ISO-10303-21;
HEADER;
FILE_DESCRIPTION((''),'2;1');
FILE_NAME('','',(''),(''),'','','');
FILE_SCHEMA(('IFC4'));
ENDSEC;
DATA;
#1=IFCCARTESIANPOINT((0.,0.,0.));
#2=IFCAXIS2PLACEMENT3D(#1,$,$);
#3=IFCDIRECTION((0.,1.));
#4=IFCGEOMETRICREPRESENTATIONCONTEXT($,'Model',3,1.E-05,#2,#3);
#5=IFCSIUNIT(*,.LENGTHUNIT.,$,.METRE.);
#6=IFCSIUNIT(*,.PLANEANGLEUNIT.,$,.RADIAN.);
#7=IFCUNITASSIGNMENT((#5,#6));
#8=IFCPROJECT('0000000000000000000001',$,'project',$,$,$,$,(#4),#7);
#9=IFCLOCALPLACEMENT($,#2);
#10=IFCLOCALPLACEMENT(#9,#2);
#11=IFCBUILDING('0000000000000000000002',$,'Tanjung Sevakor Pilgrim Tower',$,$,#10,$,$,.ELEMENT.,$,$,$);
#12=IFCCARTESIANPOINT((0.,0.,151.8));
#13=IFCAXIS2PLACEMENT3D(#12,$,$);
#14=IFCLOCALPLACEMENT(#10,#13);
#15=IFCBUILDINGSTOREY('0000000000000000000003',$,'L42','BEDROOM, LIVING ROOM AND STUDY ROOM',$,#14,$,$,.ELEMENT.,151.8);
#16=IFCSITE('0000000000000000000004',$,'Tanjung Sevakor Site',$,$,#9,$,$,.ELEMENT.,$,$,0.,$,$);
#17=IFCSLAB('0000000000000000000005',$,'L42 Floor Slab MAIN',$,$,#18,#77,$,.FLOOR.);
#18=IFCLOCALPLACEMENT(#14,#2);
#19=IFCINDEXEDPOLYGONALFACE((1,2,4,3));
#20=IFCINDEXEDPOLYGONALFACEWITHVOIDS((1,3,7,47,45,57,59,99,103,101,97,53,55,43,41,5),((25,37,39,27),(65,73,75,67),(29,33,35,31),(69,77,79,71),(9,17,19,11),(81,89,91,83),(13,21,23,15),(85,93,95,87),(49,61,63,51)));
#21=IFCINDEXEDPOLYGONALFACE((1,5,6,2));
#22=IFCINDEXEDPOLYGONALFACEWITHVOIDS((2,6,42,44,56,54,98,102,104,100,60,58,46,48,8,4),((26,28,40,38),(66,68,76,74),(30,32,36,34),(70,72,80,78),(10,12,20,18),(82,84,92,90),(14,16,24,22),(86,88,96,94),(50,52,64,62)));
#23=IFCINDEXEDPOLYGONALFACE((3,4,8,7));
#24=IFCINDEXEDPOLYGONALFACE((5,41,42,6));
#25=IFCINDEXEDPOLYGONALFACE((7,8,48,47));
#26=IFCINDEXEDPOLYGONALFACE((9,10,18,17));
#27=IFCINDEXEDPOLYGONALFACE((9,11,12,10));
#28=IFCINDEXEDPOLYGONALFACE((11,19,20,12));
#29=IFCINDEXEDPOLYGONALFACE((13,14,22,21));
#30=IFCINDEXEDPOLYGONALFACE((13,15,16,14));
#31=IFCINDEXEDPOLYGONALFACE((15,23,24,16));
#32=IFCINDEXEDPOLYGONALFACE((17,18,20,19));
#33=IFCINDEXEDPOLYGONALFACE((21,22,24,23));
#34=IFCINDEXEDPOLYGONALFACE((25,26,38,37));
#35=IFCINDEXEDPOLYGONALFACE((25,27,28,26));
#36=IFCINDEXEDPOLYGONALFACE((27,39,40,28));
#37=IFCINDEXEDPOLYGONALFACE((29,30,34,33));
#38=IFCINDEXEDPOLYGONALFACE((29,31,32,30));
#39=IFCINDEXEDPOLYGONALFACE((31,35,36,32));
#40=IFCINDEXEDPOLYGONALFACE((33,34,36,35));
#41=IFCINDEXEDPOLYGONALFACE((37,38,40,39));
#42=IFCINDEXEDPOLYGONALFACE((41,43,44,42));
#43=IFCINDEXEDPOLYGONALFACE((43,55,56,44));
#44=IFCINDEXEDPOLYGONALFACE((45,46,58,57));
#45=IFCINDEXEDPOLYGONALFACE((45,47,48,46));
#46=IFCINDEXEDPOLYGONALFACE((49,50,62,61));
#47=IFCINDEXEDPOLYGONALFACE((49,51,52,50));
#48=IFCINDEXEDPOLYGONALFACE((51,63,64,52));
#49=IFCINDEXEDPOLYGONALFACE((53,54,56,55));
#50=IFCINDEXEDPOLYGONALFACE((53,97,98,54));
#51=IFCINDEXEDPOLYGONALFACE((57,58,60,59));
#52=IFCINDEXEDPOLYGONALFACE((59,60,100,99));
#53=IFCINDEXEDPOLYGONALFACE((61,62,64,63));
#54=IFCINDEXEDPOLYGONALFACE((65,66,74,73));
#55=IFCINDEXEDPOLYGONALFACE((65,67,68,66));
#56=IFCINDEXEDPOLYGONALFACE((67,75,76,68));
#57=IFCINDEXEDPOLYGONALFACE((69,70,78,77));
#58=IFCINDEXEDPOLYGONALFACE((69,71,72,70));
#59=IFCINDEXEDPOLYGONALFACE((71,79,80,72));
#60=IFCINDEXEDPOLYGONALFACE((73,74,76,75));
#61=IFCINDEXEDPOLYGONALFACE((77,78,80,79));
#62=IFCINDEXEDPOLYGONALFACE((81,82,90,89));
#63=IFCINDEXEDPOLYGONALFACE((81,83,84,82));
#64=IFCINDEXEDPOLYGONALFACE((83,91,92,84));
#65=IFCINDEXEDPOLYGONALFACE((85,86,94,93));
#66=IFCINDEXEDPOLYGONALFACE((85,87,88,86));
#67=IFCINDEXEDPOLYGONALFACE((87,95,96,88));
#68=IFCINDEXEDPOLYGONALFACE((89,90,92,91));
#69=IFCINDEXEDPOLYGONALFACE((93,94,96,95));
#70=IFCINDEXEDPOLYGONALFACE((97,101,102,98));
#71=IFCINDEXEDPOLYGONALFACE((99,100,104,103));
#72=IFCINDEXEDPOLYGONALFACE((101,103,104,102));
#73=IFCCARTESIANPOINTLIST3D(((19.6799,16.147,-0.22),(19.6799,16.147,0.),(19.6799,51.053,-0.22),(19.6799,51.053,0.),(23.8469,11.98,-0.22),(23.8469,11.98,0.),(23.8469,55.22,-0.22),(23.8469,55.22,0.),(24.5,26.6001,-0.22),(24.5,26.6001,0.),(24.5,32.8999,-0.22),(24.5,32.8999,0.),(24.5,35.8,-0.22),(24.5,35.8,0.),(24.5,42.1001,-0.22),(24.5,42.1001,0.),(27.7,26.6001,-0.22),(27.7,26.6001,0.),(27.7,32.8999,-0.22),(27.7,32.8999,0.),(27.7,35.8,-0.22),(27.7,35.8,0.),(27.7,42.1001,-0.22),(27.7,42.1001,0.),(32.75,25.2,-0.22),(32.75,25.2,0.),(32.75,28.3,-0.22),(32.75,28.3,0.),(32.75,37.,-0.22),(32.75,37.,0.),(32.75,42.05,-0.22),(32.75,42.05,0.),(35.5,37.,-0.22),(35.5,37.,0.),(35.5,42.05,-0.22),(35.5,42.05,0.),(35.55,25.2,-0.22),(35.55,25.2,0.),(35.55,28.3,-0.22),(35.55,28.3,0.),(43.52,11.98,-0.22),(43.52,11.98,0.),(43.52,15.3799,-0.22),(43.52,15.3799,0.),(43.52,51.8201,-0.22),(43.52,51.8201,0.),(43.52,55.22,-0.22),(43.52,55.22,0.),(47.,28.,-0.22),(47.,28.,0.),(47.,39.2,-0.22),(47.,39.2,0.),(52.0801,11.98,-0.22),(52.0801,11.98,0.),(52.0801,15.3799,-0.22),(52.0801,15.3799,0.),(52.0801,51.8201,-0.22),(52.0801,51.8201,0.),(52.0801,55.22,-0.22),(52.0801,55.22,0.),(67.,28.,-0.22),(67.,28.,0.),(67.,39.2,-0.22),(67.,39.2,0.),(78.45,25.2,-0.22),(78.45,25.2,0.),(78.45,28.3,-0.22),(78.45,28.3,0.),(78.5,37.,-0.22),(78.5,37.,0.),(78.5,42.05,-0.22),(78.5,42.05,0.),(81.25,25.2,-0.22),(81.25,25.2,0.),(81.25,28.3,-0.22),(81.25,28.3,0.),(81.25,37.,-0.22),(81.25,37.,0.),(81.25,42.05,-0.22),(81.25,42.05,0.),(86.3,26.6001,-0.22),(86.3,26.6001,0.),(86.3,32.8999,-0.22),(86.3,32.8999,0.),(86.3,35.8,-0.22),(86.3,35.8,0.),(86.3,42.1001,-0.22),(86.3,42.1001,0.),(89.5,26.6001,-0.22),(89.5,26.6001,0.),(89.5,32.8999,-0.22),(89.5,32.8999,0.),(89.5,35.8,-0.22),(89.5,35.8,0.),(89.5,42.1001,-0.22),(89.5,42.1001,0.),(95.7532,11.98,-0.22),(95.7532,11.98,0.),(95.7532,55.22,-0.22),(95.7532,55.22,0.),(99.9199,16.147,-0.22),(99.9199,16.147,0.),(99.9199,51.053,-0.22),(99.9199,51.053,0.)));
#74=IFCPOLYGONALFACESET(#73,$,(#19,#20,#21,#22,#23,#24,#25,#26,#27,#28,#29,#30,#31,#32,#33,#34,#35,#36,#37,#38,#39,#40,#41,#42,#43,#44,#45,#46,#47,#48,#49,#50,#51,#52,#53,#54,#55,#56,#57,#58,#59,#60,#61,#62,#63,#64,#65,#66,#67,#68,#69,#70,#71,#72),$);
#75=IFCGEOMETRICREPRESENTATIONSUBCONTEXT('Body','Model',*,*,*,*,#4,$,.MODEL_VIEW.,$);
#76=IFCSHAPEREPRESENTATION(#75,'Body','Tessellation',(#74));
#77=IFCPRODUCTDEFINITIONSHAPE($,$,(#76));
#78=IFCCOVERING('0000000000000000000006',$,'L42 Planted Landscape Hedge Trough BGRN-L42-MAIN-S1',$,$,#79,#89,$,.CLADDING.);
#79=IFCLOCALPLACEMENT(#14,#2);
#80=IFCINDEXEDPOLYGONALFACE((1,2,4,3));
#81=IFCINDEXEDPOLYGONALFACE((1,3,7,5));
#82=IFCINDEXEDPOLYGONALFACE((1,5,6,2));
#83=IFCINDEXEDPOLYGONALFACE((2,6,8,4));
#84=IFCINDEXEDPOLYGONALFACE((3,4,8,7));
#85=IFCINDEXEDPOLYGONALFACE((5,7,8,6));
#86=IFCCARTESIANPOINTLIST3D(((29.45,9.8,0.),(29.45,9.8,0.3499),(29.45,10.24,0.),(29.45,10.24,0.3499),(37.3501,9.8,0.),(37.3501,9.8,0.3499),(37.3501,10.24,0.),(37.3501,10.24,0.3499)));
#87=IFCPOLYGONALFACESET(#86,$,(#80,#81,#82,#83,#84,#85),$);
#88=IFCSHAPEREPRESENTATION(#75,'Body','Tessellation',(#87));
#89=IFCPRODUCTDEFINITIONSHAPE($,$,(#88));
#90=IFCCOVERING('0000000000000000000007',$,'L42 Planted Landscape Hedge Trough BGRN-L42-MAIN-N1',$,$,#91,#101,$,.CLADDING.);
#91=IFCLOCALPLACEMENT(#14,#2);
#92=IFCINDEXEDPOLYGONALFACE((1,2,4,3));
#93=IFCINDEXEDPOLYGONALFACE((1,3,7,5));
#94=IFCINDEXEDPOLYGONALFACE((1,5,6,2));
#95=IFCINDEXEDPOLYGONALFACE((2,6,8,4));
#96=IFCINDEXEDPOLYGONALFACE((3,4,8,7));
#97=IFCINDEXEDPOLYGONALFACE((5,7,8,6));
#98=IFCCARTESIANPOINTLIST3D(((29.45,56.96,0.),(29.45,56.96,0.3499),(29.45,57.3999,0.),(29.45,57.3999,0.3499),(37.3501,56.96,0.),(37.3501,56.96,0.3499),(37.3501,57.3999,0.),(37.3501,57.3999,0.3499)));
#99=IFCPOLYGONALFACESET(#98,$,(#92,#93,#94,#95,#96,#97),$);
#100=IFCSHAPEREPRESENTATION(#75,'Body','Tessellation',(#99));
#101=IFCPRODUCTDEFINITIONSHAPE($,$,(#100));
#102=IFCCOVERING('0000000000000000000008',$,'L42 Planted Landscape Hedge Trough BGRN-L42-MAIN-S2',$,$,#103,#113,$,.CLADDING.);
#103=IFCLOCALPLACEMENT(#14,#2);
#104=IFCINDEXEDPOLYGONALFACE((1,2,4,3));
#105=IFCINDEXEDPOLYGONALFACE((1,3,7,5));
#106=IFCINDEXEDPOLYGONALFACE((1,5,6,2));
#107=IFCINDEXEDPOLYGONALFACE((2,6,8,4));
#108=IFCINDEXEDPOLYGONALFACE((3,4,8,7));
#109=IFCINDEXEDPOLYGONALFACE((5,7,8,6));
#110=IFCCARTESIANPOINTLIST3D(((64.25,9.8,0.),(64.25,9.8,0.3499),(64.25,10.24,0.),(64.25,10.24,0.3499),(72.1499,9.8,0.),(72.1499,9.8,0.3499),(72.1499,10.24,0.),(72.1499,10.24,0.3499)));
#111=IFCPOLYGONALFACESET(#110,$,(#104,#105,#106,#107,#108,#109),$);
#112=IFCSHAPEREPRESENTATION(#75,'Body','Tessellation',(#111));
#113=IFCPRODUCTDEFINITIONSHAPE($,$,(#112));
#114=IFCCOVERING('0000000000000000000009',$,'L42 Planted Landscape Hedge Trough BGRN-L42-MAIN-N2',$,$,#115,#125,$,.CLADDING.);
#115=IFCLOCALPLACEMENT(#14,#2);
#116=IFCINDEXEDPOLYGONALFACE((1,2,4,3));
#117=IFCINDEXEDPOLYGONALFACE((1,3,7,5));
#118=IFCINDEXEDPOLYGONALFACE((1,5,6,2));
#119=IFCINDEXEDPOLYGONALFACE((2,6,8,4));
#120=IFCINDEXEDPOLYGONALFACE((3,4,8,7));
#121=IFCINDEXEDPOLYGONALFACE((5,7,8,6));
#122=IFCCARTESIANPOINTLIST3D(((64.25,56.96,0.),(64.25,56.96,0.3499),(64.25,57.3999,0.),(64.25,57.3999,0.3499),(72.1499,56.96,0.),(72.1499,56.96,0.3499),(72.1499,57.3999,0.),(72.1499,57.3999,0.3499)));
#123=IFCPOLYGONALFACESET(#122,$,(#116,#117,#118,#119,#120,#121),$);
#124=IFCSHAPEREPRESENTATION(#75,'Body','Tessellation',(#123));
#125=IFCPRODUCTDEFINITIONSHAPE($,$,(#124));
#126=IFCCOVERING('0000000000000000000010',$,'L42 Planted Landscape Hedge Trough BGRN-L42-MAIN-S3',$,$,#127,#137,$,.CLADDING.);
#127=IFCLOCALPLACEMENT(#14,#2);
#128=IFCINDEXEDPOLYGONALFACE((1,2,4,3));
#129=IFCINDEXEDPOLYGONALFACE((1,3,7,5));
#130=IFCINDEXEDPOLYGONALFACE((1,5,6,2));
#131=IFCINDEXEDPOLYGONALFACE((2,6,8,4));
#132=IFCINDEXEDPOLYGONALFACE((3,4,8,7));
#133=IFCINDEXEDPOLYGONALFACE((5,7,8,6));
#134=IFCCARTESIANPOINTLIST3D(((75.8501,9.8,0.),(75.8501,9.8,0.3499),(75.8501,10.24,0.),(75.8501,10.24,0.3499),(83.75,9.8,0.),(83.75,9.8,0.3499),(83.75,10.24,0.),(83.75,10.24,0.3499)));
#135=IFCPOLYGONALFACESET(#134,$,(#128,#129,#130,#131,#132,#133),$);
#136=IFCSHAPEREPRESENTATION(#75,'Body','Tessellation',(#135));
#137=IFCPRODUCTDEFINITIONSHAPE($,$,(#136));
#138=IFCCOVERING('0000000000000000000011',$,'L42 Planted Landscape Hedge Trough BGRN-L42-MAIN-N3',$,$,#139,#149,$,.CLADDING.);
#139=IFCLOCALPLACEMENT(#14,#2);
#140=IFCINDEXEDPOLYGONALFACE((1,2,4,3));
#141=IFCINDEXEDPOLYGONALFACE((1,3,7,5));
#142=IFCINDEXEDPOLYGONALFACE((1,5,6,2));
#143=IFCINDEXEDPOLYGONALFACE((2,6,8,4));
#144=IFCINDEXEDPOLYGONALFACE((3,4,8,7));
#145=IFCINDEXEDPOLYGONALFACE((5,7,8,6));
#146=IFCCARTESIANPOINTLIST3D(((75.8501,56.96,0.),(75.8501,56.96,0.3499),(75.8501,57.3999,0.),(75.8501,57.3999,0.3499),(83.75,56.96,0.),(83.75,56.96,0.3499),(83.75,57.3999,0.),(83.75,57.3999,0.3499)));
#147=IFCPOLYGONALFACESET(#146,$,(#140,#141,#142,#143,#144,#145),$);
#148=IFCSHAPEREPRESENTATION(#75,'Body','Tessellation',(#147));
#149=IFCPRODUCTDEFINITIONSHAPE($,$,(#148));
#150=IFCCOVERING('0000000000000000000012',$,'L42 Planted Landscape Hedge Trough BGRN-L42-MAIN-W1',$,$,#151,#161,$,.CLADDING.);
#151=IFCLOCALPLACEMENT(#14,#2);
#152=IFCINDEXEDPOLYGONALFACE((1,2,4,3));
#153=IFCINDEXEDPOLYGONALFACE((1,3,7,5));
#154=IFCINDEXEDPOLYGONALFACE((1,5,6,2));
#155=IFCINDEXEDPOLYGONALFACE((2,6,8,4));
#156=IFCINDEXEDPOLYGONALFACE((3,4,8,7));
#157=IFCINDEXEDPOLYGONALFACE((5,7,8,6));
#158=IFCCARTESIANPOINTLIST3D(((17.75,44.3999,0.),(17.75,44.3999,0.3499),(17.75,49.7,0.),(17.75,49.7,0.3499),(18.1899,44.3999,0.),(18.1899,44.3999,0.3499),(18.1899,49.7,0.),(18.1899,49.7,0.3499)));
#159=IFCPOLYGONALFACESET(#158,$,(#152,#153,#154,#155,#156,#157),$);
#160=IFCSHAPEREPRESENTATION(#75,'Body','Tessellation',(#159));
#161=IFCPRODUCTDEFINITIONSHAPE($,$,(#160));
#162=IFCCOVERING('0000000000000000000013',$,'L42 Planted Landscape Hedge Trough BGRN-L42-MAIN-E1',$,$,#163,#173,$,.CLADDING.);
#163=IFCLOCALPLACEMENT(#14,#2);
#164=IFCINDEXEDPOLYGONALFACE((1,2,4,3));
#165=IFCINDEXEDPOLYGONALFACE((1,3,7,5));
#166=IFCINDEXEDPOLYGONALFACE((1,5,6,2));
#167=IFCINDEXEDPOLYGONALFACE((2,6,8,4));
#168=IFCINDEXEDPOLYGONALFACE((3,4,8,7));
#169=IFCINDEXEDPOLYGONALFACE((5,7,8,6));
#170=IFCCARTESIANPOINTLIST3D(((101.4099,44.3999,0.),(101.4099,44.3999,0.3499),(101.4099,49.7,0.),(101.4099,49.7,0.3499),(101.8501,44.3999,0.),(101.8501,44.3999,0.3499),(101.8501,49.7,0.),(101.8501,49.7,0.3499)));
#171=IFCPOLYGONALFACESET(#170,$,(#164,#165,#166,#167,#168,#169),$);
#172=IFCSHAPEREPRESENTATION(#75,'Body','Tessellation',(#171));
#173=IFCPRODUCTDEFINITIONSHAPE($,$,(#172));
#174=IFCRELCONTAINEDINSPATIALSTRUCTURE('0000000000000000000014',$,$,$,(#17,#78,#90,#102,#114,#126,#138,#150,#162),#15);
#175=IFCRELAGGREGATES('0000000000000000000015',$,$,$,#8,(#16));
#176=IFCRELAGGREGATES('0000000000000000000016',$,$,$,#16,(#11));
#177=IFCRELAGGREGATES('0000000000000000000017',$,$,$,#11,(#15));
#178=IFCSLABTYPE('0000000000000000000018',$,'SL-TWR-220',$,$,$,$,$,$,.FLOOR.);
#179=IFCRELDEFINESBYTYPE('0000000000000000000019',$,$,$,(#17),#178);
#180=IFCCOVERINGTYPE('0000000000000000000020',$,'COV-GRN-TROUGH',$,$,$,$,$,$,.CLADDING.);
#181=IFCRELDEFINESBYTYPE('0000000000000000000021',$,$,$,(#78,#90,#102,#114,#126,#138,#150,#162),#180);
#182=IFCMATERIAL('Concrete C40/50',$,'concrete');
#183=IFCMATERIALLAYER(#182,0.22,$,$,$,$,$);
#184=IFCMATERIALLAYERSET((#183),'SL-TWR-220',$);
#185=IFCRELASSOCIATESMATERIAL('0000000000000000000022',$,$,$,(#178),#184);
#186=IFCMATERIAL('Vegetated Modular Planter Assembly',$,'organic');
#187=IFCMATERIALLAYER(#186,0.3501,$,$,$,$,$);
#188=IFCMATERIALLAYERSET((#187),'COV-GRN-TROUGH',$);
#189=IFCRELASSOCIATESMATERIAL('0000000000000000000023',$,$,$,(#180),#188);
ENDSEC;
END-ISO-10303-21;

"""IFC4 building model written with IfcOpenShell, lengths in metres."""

from ifc_helpers import new_model, si_unit, direction, frame, origin, place, context, subcontext, project, spatial, polyline, outline, extrude, material, layer, layer_set, type_object, element, save


model = new_model("IFC4")

# Units and contexts
model_context = context("Model", 3, precision=1e-05, world=origin(), true_north=direction((0.0, 1.0)))
body_context = subcontext(model_context, "Body", "Model", "MODEL_VIEW")
ifc_project = project(units=[si_unit("LENGTHUNIT", "METRE"), si_unit("PLANEANGLEUNIT", "RADIAN")], contexts=[model_context])

# Site, building, storey
site_placement = place(None, origin())
site = spatial("IfcSite", under=ifc_project, at=site_placement, Name="Tanjung Sevakor Site", CompositionType="ELEMENT", RefElevation=0.0)
building_placement = place(site_placement, origin())
building = spatial("IfcBuilding", under=site, at=building_placement, Name="Tanjung Sevakor Pilgrim Tower", CompositionType="ELEMENT")
storey_placement = place(building_placement, frame((0.0, 0.0, 151.8)))
storey = spatial("IfcBuildingStorey", under=building, at=storey_placement, Name="L42", Description="BEDROOM, LIVING ROOM AND STUDY ROOM", CompositionType="ELEMENT", Elevation=151.8)

# Slab
ifc_material_1 = material(Name="Concrete C40/50", Category="concrete")
ifc_layer_1 = layer(ifc_material_1, 0.22)
ifc_layer_set_1 = layer_set([ifc_layer_1], Name="SL-TWR-220")
slab_type_1 = type_object("IfcSlabType", Name="SL-TWR-220", PredefinedType="FLOOR", material=ifc_layer_set_1)
slab_1_placement = place(storey_placement, frame((0.0, 0.0, -0.22)))
element("IfcSlab", 1, at=slab_1_placement, inside=storey, type_object=slab_type_1, Name="L42 Floor Slab MAIN", PredefinedType="FLOOR", context=body_context, shape_type="SweptSolid", body=[
    extrude(outline(polyline([(23.8469, 11.98), (43.52, 11.98), (43.52, 15.3799), (52.0801, 15.3799), (52.0801, 11.98), (95.7532, 11.98), (99.9199, 16.147), (99.9199, 51.053), (95.7532, 55.22), (52.0801, 55.22), (52.0801, 51.8201), (43.52, 51.8201), (43.52, 55.22), (23.8469, 55.22), (19.6799, 51.053), (19.6799, 16.147), (23.8469, 11.98)]), holes=[polyline([(27.7, 26.6001), (27.7, 32.8999), (24.5, 32.8999), (24.5, 26.6001), (27.7, 26.6001)]), polyline([(27.7, 35.8), (27.7, 42.1001), (24.5, 42.1001), (24.5, 35.8), (27.7, 35.8)]), polyline([(89.5, 26.6001), (89.5, 32.8999), (86.3, 32.8999), (86.3, 26.6001), (89.5, 26.6001)]), polyline([(89.5, 35.8), (89.5, 42.1001), (86.3, 42.1001), (86.3, 35.8), (89.5, 35.8)]), polyline([(32.75, 25.2), (35.55, 25.2), (35.55, 28.3), (32.75, 28.3), (32.75, 25.2)]), polyline([(32.75, 37.0), (35.5, 37.0), (35.5, 42.05), (32.75, 42.05), (32.75, 37.0)]), polyline([(78.45, 25.2), (81.25, 25.2), (81.25, 28.3), (78.45, 28.3), (78.45, 25.2)]), polyline([(78.5, 37.0), (81.25, 37.0), (81.25, 42.05), (78.5, 42.05), (78.5, 37.0)]), polyline([(47.0, 28.0), (67.0, 28.0), (67.0, 39.2), (47.0, 39.2), (47.0, 28.0)])]), origin(), (0.0, 0.0, 1.0), 0.22),
])

# Coverings
ifc_material_2 = material(Name="Vegetated Modular Planter Assembly", Category="organic")
ifc_layer_2 = layer(ifc_material_2, 0.3501)
ifc_layer_set_2 = layer_set([ifc_layer_2], Name="COV-GRN-TROUGH")
covering_type = type_object("IfcCoveringType", Name="COV-GRN-TROUGH", PredefinedType="CLADDING", material=ifc_layer_set_2)
covering_1_placement = place(storey_placement, origin())
element("IfcCovering", 2, at=covering_1_placement, inside=storey, type_object=covering_type, Name="L42 Planted Landscape Hedge Trough BGRN-L42-MAIN-S1", PredefinedType="CLADDING", context=body_context, shape_type="SweptSolid", body=[
    extrude(outline(polyline([(29.45, 9.8), (37.3501, 9.8), (37.3501, 10.24), (29.45, 10.24), (29.45, 9.8)])), origin(), (0.0, 0.0, 1.0), 0.3499),
])
covering_2_placement = place(storey_placement, origin())
element("IfcCovering", 3, at=covering_2_placement, inside=storey, type_object=covering_type, Name="L42 Planted Landscape Hedge Trough BGRN-L42-MAIN-N1", PredefinedType="CLADDING", context=body_context, shape_type="SweptSolid", body=[
    extrude(outline(polyline([(29.45, 56.96), (37.3501, 56.96), (37.3501, 57.3999), (29.45, 57.3999), (29.45, 56.96)])), origin(), (0.0, 0.0, 1.0), 0.3499),
])
covering_3_placement = place(storey_placement, origin())
element("IfcCovering", 4, at=covering_3_placement, inside=storey, type_object=covering_type, Name="L42 Planted Landscape Hedge Trough BGRN-L42-MAIN-S2", PredefinedType="CLADDING", context=body_context, shape_type="SweptSolid", body=[
    extrude(outline(polyline([(64.25, 9.8), (72.1499, 9.8), (72.1499, 10.24), (64.25, 10.24), (64.25, 9.8)])), origin(), (0.0, 0.0, 1.0), 0.3499),
])
covering_4_placement = place(storey_placement, origin())
element("IfcCovering", 5, at=covering_4_placement, inside=storey, type_object=covering_type, Name="L42 Planted Landscape Hedge Trough BGRN-L42-MAIN-N2", PredefinedType="CLADDING", context=body_context, shape_type="SweptSolid", body=[
    extrude(outline(polyline([(64.25, 56.96), (72.1499, 56.96), (72.1499, 57.3999), (64.25, 57.3999), (64.25, 56.96)])), origin(), (0.0, 0.0, 1.0), 0.3499),
])
covering_5_placement = place(storey_placement, origin())
element("IfcCovering", 6, at=covering_5_placement, inside=storey, type_object=covering_type, Name="L42 Planted Landscape Hedge Trough BGRN-L42-MAIN-S3", PredefinedType="CLADDING", context=body_context, shape_type="SweptSolid", body=[
    extrude(outline(polyline([(75.8501, 9.8), (83.75, 9.8), (83.75, 10.24), (75.8501, 10.24), (75.8501, 9.8)])), origin(), (0.0, 0.0, 1.0), 0.3499),
])
covering_6_placement = place(storey_placement, origin())
element("IfcCovering", 7, at=covering_6_placement, inside=storey, type_object=covering_type, Name="L42 Planted Landscape Hedge Trough BGRN-L42-MAIN-N3", PredefinedType="CLADDING", context=body_context, shape_type="SweptSolid", body=[
    extrude(outline(polyline([(75.8501, 56.96), (83.75, 56.96), (83.75, 57.3999), (75.8501, 57.3999), (75.8501, 56.96)])), origin(), (0.0, 0.0, 1.0), 0.3499),
])
covering_7_placement = place(storey_placement, origin())
element("IfcCovering", 8, at=covering_7_placement, inside=storey, type_object=covering_type, Name="L42 Planted Landscape Hedge Trough BGRN-L42-MAIN-W1", PredefinedType="CLADDING", context=body_context, shape_type="SweptSolid", body=[
    extrude(outline(polyline([(18.1899, 44.3999), (18.1899, 49.7), (17.75, 49.7), (17.75, 44.3999), (18.1899, 44.3999)])), origin(), (0.0, 0.0, 1.0), 0.3499),
])
covering_8_placement = place(storey_placement, origin())
element("IfcCovering", 9, at=covering_8_placement, inside=storey, type_object=covering_type, Name="L42 Planted Landscape Hedge Trough BGRN-L42-MAIN-E1", PredefinedType="CLADDING", context=body_context, shape_type="SweptSolid", body=[
    extrude(outline(polyline([(101.8501, 44.3999), (101.8501, 49.7), (101.4099, 49.7), (101.4099, 44.3999), (101.8501, 44.3999)])), origin(), (0.0, 0.0, 1.0), 0.3499),
])

save(model, "model.ifc")
